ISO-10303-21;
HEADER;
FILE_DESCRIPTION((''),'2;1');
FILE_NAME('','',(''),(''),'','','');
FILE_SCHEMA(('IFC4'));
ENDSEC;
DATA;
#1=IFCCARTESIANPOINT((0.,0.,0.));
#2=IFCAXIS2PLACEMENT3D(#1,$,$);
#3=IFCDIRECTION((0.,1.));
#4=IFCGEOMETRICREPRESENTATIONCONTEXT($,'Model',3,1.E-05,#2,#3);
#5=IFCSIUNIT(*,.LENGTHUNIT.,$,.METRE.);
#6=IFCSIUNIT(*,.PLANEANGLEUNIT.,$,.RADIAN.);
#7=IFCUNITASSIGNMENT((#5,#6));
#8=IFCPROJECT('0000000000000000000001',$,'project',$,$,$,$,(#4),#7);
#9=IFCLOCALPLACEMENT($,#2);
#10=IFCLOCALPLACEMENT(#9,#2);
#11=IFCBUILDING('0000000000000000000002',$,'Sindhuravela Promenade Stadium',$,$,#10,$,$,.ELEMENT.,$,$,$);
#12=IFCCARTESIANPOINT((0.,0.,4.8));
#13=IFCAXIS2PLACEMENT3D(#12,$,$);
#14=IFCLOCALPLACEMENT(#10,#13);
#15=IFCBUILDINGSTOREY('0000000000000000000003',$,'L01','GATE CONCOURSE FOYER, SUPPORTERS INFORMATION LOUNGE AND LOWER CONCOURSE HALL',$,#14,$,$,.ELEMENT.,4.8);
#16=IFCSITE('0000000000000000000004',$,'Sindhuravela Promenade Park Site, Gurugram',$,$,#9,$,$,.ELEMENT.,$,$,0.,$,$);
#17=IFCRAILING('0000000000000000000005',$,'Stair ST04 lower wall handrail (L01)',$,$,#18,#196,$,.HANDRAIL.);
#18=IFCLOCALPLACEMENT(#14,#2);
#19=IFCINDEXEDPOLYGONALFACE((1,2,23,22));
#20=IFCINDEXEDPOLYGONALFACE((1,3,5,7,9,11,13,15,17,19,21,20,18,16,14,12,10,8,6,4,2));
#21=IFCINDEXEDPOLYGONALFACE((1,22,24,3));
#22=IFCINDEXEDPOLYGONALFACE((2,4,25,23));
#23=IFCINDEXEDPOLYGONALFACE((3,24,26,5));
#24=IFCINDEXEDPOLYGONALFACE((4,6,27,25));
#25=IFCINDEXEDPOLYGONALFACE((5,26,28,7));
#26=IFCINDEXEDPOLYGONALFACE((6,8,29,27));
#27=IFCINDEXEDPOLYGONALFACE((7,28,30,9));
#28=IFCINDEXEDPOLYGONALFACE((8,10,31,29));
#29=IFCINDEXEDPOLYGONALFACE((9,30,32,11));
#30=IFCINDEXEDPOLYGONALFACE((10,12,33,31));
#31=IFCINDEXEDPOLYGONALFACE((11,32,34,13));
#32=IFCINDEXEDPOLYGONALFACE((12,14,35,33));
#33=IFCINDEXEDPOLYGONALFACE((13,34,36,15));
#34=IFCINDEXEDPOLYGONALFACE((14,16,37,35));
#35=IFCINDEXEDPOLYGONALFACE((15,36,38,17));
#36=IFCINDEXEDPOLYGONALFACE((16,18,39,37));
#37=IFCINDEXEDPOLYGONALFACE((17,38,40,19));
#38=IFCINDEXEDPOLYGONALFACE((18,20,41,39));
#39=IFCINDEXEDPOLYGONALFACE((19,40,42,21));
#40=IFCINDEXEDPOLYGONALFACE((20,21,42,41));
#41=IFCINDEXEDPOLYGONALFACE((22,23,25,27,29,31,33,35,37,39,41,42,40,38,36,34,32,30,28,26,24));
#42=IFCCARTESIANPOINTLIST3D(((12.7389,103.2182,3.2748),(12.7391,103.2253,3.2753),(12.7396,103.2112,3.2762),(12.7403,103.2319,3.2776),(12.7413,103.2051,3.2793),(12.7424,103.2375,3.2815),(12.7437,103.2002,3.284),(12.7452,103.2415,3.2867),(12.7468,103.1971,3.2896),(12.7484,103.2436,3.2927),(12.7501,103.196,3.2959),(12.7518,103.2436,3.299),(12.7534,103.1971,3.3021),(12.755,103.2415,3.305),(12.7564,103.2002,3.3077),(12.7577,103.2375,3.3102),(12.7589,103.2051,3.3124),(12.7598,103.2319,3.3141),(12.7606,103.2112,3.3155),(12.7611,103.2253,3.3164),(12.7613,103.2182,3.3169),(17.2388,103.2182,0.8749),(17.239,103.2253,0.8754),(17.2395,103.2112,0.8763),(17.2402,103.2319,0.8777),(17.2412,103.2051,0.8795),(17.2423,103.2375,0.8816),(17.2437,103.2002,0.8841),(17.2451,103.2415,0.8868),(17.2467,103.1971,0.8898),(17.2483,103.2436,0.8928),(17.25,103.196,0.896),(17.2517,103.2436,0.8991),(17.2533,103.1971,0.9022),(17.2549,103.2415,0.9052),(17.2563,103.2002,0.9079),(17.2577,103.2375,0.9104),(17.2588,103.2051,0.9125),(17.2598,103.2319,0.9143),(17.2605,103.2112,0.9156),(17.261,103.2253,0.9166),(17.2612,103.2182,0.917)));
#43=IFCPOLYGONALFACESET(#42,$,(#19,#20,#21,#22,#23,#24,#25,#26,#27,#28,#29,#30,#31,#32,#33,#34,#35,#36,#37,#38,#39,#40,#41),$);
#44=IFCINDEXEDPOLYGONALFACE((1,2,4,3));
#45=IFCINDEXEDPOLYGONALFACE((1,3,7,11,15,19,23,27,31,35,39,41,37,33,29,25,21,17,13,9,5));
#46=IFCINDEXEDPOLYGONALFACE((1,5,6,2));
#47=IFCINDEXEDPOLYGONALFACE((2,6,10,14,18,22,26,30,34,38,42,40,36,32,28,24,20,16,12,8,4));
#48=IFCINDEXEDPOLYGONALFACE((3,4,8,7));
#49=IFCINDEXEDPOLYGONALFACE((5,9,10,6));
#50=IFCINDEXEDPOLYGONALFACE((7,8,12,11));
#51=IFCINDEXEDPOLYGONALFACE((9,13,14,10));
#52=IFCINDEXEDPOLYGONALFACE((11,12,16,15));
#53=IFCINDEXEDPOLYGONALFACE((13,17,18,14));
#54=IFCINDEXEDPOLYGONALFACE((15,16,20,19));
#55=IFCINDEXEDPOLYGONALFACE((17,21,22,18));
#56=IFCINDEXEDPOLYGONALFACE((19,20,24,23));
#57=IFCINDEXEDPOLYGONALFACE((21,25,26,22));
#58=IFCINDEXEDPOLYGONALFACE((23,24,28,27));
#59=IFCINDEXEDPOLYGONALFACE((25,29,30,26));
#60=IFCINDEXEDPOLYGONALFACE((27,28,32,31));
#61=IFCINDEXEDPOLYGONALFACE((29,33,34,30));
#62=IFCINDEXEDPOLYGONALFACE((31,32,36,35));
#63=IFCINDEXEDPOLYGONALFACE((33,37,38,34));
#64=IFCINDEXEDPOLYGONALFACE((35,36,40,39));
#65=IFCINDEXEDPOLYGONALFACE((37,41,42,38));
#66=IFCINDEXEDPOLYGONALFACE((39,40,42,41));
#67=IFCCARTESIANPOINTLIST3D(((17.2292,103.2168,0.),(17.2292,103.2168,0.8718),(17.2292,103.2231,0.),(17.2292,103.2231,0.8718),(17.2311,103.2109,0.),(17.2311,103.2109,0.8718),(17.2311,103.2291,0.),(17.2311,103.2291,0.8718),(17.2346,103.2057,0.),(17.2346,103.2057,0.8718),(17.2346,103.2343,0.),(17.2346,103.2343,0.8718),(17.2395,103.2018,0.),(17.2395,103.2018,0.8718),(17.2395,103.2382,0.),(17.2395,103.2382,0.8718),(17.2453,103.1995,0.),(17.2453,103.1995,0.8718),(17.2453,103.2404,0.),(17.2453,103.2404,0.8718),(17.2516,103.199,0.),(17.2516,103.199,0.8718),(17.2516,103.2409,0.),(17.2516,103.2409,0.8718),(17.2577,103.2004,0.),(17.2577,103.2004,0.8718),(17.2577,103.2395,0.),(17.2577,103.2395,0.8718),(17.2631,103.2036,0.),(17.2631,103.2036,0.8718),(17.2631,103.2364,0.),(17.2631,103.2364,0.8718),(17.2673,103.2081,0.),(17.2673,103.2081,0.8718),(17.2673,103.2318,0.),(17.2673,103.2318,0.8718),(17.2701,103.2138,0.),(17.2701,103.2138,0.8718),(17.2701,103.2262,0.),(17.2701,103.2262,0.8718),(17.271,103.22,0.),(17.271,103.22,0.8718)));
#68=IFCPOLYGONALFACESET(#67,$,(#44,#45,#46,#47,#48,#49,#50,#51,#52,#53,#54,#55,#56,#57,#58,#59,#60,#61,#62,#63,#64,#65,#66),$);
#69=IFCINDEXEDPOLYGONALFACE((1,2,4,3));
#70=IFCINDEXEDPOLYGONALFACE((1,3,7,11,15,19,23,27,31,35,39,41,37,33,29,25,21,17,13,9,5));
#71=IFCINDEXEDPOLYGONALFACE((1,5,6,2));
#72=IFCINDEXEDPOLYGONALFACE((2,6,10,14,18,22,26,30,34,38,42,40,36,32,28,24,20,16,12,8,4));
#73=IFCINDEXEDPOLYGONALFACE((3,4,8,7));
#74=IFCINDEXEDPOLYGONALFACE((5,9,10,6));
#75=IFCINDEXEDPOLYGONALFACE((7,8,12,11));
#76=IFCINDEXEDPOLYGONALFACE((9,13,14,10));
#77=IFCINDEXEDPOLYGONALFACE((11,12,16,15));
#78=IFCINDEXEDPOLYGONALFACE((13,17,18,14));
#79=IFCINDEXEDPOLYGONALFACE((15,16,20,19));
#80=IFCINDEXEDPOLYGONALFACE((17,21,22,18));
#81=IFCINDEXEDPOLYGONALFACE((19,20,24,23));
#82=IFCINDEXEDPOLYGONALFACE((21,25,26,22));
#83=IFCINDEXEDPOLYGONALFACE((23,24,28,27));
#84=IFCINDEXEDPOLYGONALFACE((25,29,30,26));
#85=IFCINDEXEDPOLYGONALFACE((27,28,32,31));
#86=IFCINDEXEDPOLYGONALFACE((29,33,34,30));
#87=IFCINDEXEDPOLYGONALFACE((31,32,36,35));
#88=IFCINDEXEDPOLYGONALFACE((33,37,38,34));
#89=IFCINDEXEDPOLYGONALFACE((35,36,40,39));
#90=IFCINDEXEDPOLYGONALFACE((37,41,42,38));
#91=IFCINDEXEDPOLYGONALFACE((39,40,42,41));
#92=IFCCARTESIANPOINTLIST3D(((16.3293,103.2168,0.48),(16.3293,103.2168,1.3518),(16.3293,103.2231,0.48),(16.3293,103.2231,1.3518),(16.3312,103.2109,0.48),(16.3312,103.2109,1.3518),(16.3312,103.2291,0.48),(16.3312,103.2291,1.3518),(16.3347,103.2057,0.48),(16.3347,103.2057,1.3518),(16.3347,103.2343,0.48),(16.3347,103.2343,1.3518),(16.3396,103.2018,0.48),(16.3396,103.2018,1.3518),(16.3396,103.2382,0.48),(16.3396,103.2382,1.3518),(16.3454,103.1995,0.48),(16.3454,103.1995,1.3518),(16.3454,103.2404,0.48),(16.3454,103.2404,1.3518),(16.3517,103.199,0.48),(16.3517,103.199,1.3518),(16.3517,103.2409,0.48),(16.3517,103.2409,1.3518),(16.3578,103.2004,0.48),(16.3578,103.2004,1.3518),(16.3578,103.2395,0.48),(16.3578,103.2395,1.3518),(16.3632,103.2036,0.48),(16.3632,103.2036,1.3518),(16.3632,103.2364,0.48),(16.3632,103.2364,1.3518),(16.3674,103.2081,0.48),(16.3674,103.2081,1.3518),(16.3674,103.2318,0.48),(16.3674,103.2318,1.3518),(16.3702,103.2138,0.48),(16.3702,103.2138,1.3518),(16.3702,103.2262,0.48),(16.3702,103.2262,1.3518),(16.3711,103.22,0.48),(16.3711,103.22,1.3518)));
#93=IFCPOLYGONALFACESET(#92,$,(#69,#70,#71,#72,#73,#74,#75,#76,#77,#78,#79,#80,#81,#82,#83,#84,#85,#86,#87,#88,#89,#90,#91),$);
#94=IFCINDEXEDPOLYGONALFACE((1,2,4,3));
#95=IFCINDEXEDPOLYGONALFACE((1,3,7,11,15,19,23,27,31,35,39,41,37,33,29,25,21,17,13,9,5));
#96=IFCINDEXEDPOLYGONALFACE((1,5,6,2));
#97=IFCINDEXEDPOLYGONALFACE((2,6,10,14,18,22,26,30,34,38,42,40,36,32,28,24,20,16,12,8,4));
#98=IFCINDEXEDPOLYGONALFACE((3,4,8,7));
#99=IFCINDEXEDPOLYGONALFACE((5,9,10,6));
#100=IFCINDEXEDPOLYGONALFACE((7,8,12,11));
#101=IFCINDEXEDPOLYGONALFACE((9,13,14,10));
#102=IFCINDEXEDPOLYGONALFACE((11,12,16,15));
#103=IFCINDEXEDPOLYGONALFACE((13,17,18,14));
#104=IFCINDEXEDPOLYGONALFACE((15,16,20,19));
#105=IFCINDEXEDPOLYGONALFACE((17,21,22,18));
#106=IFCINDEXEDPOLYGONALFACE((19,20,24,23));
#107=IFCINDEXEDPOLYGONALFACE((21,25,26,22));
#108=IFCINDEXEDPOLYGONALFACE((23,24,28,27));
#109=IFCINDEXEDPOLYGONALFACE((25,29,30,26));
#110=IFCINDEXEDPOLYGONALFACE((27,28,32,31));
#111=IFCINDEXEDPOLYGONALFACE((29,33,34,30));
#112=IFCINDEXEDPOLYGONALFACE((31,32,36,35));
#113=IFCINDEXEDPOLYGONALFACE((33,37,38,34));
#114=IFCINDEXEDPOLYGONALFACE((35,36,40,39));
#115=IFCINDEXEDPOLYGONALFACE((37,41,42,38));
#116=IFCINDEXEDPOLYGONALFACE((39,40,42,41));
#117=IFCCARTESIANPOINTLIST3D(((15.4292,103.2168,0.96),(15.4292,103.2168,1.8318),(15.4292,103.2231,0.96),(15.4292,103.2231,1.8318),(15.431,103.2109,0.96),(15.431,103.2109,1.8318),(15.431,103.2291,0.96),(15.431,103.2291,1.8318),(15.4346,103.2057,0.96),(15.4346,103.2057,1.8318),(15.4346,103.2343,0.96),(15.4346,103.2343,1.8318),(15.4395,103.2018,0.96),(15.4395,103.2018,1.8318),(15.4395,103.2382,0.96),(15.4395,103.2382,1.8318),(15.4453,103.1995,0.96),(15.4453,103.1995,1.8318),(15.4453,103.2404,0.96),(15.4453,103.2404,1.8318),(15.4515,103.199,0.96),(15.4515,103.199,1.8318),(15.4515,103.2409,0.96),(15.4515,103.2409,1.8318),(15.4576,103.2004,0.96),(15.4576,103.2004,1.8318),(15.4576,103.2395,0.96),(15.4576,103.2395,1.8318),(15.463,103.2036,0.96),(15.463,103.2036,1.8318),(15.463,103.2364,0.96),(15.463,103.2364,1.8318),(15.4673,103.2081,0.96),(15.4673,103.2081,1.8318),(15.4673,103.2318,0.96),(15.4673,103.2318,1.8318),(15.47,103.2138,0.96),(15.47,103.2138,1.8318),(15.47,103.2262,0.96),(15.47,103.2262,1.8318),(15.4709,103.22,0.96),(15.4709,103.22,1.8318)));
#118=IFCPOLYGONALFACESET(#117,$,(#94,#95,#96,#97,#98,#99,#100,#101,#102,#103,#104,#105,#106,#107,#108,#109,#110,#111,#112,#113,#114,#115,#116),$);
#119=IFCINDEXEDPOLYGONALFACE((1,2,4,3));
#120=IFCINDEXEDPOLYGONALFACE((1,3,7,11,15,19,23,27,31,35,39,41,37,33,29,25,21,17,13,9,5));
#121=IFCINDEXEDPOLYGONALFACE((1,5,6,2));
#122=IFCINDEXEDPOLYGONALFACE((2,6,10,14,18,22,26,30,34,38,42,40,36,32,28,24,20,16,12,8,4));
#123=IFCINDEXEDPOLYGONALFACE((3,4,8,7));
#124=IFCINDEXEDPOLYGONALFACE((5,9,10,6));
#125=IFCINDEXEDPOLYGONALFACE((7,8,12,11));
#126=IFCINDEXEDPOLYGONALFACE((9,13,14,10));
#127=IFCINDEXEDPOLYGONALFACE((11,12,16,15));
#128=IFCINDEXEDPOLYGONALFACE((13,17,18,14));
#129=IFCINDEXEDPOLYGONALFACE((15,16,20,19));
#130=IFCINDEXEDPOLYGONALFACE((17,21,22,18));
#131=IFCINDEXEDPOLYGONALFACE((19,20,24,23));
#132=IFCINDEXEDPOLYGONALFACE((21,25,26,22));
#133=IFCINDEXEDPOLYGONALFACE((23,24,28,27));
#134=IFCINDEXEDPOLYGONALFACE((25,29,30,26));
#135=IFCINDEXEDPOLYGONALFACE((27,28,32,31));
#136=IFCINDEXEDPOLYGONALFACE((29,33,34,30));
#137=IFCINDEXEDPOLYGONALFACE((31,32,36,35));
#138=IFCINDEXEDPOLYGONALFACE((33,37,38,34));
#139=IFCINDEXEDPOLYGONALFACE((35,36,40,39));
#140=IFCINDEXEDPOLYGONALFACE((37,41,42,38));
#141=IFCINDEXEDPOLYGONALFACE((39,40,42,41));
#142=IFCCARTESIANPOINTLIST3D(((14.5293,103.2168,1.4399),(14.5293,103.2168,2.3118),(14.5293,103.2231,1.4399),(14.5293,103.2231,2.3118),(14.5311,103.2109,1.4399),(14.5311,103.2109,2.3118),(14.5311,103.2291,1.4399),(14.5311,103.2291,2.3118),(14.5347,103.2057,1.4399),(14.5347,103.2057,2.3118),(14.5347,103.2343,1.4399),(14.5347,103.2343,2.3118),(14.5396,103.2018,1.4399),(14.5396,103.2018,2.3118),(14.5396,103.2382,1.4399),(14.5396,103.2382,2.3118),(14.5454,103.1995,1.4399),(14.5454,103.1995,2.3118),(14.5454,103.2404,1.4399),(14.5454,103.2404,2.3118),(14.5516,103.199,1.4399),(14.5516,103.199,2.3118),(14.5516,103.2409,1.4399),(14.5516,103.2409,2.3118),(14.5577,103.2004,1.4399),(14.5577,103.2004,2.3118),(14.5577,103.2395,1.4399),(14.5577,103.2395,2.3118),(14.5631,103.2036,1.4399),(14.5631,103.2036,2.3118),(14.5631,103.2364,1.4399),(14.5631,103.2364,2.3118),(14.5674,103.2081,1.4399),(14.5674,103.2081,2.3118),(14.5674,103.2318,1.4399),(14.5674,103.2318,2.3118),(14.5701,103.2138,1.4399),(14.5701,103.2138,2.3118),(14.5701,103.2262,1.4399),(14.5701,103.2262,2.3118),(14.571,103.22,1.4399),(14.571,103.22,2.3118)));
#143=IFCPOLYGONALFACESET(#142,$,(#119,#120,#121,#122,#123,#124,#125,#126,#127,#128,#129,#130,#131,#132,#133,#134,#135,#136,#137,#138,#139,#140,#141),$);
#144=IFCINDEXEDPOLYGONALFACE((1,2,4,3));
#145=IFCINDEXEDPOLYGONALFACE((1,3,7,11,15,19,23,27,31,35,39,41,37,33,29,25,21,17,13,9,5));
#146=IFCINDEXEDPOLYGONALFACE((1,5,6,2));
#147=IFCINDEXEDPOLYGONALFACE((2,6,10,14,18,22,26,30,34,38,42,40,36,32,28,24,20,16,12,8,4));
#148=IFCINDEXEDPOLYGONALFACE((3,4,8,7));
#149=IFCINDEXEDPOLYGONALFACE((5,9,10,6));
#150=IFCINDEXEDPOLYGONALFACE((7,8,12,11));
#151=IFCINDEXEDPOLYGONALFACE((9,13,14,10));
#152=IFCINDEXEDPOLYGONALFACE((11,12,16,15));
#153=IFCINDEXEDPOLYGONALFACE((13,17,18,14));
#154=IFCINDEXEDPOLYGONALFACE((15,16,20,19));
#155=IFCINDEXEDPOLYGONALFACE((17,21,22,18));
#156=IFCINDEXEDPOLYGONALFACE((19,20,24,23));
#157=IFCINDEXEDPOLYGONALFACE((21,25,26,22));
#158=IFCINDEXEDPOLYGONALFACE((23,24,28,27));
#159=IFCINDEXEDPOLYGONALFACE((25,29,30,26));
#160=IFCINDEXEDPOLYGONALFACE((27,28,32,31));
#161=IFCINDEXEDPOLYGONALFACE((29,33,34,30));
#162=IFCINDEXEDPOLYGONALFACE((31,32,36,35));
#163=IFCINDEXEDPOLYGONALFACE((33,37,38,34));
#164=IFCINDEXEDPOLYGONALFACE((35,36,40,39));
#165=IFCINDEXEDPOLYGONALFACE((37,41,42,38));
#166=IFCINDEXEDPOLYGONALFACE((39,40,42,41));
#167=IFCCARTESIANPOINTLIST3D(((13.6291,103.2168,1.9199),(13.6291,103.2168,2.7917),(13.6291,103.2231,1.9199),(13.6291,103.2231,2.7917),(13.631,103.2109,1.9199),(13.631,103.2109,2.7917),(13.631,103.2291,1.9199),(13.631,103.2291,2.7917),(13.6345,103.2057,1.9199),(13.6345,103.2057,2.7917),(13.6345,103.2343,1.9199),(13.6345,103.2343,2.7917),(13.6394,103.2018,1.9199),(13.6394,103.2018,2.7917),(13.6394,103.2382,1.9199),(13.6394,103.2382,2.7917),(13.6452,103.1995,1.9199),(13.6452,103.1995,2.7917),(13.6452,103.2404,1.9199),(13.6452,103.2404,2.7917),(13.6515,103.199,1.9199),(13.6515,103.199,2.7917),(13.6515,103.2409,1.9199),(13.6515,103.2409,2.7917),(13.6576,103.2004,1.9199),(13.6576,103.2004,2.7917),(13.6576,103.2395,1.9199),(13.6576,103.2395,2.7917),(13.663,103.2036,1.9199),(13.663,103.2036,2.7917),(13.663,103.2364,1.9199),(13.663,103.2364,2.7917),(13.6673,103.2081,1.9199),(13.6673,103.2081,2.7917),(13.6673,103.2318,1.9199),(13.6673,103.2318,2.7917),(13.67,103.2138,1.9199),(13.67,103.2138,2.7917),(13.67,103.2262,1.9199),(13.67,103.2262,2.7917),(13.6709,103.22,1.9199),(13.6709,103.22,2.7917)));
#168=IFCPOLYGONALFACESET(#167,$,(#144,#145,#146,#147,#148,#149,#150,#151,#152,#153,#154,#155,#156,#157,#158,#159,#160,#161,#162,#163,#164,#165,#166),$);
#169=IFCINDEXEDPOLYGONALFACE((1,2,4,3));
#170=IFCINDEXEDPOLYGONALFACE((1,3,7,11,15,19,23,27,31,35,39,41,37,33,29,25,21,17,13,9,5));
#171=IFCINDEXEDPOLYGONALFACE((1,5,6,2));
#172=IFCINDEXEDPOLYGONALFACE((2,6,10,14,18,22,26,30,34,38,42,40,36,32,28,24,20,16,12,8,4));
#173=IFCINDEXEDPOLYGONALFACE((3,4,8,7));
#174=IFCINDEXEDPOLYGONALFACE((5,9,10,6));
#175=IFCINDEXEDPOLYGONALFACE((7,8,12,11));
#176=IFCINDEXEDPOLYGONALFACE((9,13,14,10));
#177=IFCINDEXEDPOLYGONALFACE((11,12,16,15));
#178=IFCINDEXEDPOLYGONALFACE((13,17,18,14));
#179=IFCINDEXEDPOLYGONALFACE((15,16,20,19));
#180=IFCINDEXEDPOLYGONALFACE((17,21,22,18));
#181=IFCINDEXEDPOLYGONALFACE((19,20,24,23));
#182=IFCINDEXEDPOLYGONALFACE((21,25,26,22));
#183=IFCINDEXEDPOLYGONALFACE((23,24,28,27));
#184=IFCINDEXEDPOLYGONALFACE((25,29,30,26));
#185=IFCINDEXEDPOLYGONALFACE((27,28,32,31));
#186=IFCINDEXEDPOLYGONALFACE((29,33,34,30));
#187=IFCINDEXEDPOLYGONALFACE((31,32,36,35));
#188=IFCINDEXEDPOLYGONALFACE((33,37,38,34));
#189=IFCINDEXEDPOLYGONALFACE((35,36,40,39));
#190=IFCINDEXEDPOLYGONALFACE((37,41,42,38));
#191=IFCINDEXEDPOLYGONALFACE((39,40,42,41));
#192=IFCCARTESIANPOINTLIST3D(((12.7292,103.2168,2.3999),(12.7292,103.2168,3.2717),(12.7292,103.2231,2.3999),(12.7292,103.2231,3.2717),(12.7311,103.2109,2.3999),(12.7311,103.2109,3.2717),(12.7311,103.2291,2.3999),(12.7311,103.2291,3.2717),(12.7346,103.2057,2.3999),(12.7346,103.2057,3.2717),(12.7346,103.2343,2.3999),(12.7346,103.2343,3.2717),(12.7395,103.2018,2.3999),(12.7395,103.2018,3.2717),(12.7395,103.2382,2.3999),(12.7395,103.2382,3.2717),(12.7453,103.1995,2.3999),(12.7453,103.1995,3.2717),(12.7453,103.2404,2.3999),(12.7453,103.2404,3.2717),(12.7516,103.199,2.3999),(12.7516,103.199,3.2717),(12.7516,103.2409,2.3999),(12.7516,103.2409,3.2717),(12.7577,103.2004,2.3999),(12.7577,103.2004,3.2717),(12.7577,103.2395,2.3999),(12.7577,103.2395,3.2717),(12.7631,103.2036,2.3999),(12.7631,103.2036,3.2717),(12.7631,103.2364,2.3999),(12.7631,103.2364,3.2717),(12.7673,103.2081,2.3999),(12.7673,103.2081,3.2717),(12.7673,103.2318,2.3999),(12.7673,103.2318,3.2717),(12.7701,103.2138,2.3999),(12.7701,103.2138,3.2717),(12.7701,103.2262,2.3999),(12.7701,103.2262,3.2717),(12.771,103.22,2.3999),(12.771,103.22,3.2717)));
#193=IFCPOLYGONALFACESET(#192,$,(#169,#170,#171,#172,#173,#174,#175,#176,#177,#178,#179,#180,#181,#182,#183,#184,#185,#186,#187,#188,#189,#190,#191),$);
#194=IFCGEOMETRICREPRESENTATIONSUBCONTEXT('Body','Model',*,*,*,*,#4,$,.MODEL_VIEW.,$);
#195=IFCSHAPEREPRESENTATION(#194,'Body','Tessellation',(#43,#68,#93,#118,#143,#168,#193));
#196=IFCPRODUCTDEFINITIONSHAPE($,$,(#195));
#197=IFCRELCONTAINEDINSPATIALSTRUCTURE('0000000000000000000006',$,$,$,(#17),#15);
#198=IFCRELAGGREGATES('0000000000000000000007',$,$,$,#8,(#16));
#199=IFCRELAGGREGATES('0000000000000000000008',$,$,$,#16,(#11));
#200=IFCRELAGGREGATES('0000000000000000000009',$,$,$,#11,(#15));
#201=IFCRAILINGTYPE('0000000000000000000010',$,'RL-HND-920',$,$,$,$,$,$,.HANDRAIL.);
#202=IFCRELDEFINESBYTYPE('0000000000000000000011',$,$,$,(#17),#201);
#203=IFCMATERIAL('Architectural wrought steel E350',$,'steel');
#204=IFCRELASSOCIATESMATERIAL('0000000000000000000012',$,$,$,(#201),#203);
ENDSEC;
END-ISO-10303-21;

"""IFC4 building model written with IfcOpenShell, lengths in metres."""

from ifc_helpers import new_model, si_unit, direction, frame, origin, origin_2d, place, context, subcontext, project, spatial, circle, extrude, material, type_object, element, save


model = new_model("IFC4")

# Units and contexts
model_context = context("Model", 3, precision=1e-05, world=origin(), true_north=direction((0.0, 1.0)))
body_context = subcontext(model_context, "Body", "Model", "MODEL_VIEW")
ifc_project = project(units=[si_unit("LENGTHUNIT", "METRE"), si_unit("PLANEANGLEUNIT", "RADIAN")], contexts=[model_context])

# Site, building, storey
site_placement = place(None, origin())
site = spatial("IfcSite", under=ifc_project, at=site_placement, Name="Sindhuravela Promenade Park Site, Gurugram", CompositionType="ELEMENT", RefElevation=0.0)
building_placement = place(site_placement, origin())
building = spatial("IfcBuilding", under=site, at=building_placement, Name="Sindhuravela Promenade Stadium", CompositionType="ELEMENT")
storey_placement = place(building_placement, frame((0.0, 0.0, 4.8)))
storey = spatial("IfcBuildingStorey", under=building, at=storey_placement, Name="L01", Description="GATE CONCOURSE FOYER, SUPPORTERS INFORMATION LOUNGE AND LOWER CONCOURSE HALL", CompositionType="ELEMENT", Elevation=4.8)

# Shared definitions
ifc_material_1 = material(Name="Architectural wrought steel E350", Category="steel")

# Railing
railing_type_1 = type_object("IfcRailingType", Name="RL-HND-920", PredefinedType="HANDRAIL", material=ifc_material_1)
railing_1_placement = place(storey_placement, frame((17.25, 103.22, 0.0)))
element("IfcRailing", 1, at=railing_1_placement, inside=storey, type_object=railing_type_1, Name="Stair ST04 lower wall handrail (L01)", PredefinedType="HANDRAIL", context=body_context, shape_type="SweptSolid", body=[
    extrude(circle(Radius=0.0239, at=origin_2d()), frame((0.0, 0.0, 0.896), z_axis=(-0.882361, 0.0, 0.470573), x_axis=(0.0, -1.0, 0.0)), (0.0, 0.0, 1.0), 5.0999),
    extrude(circle(Radius=0.021, at=origin_2d()), origin(), (0.0, 0.0, 1.0), 0.8718),
    extrude(circle(Radius=0.021, at=origin_2d()), frame((-0.8999, 0.0, 0.48)), (0.0, 0.0, 1.0), 0.8718),
    extrude(circle(Radius=0.021, at=origin_2d()), frame((-1.8, 0.0, 0.96)), (0.0, 0.0, 1.0), 0.8718),
    extrude(circle(Radius=0.021, at=origin_2d()), frame((-2.7, 0.0, 1.4399)), (0.0, 0.0, 1.0), 0.8718),
    extrude(circle(Radius=0.021, at=origin_2d()), frame((-3.6001, 0.0, 1.9199)), (0.0, 0.0, 1.0), 0.8718),
    extrude(circle(Radius=0.021, at=origin_2d()), frame((-4.5, 0.0, 2.3999)), (0.0, 0.0, 1.0), 0.8718),
])

save(model, "model.ifc")
